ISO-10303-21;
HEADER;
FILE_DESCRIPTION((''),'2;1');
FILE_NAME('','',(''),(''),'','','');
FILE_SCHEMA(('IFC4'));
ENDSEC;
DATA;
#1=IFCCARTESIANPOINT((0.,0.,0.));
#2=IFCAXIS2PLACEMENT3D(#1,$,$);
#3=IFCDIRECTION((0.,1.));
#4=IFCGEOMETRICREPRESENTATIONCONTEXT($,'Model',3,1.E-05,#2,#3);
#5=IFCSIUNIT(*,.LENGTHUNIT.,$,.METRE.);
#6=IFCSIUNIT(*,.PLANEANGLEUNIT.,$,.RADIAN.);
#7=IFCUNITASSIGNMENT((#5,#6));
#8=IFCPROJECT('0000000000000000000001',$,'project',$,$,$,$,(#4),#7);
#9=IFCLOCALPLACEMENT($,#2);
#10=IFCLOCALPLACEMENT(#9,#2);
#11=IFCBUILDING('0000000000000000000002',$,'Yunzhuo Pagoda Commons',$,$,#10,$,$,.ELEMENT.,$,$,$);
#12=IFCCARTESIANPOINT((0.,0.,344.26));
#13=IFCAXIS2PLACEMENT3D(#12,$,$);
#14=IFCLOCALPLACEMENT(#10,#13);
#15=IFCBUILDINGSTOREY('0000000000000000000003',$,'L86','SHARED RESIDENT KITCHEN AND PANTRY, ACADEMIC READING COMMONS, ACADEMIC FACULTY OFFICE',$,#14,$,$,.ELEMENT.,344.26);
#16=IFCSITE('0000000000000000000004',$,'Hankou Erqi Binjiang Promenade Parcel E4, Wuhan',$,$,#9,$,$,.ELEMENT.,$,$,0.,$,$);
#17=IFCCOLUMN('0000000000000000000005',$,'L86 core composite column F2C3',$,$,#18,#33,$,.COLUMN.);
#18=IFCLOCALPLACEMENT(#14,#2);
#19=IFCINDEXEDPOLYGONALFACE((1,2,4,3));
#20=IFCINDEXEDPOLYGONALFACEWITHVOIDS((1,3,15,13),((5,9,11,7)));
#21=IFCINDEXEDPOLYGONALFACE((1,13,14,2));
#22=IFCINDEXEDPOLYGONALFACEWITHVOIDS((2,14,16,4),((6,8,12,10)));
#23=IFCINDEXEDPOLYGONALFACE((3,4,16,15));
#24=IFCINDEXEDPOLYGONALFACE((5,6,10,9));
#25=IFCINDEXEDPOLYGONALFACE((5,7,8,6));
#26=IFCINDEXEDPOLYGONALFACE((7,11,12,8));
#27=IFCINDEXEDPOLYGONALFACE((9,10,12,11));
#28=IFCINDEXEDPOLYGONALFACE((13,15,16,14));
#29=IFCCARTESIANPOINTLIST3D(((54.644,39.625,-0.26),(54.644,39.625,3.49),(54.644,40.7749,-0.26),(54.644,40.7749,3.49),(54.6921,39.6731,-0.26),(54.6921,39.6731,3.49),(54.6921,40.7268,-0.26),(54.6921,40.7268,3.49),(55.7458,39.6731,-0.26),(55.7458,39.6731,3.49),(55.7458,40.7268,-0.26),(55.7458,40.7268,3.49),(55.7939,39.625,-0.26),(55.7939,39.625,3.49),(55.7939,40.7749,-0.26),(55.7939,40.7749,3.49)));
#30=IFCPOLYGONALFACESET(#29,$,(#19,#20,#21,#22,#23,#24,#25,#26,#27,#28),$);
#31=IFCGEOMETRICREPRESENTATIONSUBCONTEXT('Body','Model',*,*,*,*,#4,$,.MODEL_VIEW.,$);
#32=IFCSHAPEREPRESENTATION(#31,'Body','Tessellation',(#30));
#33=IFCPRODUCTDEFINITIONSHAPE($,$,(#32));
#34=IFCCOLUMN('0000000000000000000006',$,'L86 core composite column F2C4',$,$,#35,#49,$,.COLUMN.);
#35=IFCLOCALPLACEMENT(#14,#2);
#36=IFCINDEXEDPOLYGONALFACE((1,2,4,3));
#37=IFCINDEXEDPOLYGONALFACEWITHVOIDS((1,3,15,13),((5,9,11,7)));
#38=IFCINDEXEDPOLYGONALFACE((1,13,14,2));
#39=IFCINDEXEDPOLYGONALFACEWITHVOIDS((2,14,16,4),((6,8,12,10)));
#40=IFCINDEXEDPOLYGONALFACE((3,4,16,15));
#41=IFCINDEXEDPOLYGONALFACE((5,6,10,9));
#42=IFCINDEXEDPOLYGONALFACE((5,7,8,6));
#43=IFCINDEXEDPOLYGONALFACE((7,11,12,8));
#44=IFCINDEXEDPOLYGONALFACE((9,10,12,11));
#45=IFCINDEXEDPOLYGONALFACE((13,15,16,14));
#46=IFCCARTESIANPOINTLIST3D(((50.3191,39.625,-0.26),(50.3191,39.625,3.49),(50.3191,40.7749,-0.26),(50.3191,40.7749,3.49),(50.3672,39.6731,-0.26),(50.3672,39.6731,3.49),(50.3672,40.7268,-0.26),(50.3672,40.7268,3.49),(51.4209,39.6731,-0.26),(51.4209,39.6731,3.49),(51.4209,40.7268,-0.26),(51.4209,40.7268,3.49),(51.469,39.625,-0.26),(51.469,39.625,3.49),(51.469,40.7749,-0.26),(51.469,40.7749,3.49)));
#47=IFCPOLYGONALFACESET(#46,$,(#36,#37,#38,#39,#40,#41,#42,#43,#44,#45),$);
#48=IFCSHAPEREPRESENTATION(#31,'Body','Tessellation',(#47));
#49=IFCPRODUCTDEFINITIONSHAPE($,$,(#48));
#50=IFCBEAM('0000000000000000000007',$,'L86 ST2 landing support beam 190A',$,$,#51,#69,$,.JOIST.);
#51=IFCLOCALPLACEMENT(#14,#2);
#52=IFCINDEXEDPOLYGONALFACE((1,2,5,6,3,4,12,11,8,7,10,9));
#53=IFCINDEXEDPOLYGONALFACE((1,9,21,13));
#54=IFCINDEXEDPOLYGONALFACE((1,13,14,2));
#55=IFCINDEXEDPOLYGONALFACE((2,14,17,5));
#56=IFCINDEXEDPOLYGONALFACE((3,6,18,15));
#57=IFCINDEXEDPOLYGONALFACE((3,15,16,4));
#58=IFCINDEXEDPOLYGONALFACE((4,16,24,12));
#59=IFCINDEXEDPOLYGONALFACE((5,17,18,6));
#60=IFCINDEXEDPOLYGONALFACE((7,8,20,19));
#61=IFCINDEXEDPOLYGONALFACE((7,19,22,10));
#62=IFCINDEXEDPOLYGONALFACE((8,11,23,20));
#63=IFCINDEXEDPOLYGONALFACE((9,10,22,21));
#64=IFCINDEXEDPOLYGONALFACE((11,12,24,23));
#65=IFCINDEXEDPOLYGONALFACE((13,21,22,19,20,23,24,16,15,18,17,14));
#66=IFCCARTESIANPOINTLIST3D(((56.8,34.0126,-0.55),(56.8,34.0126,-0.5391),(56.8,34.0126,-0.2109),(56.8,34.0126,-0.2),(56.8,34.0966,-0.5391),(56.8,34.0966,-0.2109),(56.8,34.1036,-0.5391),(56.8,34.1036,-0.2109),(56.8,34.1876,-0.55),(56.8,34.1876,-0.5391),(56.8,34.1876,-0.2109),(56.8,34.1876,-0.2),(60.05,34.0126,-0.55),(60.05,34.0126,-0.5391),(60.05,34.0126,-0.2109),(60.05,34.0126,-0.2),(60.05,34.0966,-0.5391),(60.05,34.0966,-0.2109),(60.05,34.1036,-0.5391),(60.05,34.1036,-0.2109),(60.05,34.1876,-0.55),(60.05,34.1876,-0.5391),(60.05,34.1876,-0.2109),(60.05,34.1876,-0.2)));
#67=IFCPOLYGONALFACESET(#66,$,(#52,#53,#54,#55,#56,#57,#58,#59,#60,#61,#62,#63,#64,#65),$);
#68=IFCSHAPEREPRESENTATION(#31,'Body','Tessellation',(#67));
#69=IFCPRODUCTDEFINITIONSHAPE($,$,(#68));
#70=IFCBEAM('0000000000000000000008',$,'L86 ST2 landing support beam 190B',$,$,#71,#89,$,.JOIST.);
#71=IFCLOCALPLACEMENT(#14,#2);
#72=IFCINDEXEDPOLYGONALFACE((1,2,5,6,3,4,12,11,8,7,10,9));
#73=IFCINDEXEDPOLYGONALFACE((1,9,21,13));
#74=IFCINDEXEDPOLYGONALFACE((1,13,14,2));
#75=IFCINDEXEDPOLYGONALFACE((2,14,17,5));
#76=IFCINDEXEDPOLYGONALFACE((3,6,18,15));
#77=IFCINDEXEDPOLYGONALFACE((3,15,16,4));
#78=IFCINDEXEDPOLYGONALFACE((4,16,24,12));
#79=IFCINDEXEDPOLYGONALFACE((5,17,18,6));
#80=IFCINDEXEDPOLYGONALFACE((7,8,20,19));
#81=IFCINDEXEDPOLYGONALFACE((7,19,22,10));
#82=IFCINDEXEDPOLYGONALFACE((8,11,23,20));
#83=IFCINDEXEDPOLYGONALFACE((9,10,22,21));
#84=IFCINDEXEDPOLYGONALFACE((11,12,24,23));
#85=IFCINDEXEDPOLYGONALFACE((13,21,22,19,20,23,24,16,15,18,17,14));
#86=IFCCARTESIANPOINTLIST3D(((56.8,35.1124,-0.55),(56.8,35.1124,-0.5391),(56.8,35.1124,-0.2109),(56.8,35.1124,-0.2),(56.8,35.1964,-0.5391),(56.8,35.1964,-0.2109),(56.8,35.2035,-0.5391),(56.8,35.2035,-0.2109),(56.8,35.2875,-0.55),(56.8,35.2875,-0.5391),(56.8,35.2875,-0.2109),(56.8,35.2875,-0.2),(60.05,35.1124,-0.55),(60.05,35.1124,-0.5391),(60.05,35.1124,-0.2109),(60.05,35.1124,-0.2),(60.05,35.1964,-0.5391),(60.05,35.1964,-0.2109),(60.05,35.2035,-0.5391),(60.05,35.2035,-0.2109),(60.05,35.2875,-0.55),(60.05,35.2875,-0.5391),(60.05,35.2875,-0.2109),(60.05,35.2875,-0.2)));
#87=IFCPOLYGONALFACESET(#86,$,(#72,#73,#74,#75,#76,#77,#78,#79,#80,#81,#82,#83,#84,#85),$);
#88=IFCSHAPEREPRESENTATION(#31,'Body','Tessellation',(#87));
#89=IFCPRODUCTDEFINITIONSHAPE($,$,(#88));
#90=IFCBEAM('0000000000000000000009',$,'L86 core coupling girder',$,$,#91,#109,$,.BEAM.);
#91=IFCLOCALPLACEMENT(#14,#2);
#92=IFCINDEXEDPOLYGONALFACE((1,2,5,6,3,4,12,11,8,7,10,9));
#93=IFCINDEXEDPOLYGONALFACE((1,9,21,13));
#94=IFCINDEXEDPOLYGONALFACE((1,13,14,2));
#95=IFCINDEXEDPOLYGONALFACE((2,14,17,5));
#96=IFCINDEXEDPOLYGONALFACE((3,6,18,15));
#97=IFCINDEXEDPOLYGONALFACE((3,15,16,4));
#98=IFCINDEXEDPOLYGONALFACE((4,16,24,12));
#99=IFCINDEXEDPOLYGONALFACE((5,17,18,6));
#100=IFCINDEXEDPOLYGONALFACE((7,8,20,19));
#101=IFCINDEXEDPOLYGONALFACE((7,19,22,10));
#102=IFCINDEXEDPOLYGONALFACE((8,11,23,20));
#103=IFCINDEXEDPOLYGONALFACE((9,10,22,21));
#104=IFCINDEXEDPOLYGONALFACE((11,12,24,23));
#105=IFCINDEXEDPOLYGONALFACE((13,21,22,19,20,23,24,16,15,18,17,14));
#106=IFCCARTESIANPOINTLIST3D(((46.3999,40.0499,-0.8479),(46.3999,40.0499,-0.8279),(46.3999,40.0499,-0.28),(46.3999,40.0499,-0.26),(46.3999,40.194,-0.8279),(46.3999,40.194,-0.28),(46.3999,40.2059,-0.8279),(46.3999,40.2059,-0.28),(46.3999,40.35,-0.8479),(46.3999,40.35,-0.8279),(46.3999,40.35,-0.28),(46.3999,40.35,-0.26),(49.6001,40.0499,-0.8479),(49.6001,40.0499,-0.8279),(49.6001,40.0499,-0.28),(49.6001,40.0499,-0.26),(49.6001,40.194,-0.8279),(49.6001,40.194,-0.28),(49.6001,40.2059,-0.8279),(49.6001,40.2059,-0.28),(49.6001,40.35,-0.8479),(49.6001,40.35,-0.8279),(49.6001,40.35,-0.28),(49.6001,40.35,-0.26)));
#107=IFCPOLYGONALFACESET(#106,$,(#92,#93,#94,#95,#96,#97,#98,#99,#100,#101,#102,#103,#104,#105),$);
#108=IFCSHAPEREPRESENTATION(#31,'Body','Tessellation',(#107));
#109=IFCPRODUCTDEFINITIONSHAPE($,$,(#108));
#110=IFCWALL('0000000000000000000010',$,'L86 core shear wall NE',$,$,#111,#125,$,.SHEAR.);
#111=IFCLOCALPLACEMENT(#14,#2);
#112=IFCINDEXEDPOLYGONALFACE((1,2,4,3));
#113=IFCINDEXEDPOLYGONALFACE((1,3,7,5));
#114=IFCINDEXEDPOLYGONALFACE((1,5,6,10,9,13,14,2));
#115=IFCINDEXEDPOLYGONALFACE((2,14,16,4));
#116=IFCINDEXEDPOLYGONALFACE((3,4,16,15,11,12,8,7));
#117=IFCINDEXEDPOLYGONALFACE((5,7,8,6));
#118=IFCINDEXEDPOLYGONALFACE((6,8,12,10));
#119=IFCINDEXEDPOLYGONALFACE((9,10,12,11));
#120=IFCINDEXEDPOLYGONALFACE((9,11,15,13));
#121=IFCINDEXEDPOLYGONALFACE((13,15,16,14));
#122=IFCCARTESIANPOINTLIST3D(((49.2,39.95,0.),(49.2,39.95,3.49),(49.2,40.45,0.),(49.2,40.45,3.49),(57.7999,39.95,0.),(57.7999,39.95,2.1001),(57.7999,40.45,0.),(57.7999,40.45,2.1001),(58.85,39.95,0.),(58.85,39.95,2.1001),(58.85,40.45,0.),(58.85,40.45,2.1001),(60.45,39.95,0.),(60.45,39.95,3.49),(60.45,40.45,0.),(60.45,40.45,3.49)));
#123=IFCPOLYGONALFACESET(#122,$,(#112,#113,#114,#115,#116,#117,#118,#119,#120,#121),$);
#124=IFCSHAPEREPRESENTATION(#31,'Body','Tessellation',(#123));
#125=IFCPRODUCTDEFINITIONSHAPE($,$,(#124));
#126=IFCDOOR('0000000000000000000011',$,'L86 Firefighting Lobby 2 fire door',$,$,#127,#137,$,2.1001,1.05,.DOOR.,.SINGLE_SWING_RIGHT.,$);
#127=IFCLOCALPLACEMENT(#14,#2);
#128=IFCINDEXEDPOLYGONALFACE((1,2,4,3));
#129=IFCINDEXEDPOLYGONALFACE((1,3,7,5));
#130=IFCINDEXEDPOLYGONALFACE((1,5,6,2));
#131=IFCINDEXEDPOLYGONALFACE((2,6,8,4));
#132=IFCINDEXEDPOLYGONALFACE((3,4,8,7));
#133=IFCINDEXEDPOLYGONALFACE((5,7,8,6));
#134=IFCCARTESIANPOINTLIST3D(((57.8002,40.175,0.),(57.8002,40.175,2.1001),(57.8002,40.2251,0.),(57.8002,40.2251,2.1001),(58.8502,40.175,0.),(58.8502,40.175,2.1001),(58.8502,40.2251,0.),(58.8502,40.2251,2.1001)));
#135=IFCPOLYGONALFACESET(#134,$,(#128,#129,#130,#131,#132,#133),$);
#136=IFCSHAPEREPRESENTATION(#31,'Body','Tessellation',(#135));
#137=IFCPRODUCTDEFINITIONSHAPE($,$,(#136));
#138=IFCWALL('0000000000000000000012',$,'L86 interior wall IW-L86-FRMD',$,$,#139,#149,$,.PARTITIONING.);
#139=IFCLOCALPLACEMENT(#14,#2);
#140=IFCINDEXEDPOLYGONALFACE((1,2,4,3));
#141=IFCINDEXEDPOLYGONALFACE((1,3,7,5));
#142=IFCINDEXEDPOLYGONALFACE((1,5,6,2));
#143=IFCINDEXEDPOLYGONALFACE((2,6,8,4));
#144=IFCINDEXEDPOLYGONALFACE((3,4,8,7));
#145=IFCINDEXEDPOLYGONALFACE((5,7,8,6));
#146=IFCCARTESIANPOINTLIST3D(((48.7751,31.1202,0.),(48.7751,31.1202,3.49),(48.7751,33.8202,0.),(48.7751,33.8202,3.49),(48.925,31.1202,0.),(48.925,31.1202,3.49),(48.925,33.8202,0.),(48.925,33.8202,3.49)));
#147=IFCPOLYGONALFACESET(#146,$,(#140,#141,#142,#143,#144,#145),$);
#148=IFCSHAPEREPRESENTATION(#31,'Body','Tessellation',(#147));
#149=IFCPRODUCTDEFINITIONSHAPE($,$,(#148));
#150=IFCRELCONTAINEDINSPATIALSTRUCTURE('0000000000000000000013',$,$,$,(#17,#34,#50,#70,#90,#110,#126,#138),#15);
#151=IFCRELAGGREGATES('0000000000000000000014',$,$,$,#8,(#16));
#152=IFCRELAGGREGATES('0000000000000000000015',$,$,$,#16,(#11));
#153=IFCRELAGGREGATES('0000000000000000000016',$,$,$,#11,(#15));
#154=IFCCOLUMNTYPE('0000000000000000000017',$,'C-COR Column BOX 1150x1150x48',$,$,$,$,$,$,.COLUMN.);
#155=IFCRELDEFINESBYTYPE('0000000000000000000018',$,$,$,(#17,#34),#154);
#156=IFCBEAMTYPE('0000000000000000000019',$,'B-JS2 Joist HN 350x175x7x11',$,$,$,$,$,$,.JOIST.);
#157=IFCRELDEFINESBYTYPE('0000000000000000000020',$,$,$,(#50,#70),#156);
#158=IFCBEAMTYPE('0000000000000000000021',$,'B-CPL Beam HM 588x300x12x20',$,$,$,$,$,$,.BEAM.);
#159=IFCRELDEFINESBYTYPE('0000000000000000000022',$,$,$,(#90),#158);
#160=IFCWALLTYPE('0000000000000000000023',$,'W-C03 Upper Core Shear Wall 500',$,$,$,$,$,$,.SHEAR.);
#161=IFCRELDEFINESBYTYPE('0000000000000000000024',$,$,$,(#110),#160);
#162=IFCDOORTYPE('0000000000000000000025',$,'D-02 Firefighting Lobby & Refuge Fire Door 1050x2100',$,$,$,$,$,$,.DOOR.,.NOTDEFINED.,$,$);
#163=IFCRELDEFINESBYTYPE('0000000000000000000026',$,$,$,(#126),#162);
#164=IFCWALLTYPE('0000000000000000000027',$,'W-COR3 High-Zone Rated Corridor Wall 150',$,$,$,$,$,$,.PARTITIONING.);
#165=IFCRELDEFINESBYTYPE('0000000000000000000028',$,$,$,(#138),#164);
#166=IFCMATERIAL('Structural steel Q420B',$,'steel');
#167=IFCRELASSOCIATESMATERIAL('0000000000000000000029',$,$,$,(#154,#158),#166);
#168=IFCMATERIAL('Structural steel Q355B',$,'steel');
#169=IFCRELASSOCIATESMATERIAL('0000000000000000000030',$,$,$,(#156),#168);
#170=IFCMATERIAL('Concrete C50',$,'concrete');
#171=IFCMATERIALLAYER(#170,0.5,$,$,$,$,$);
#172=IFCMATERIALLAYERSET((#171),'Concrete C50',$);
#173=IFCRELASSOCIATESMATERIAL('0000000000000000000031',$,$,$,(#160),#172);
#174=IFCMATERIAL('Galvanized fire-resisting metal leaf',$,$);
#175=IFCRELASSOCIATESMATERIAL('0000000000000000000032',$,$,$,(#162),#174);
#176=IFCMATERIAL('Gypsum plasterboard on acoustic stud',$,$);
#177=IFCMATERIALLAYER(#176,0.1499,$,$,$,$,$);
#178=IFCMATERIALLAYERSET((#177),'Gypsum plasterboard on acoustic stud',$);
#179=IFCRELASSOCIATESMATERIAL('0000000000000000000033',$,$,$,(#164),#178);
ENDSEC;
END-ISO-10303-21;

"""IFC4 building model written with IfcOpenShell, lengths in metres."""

from ifc_helpers import new_model, si_unit, direction, frame, frame_2d, origin, origin_2d, place, context, subcontext, project, spatial, rectangle, hollow_rectangle, i_section, extrude, source, transform, mapped, material, layer, layer_set, material_profile, profile_set, type_object, element, fill, save


model = new_model("IFC4")

# Units and contexts
model_context = context("Model", 3, precision=1e-05, world=origin(), true_north=direction((0.0, 1.0)))
body_context = subcontext(model_context, "Body", "Model", "MODEL_VIEW")
ifc_project = project(units=[si_unit("LENGTHUNIT", "METRE"), si_unit("PLANEANGLEUNIT", "RADIAN")], contexts=[model_context])

# Site, building, storey
site_placement = place(None, origin())
site = spatial("IfcSite", under=ifc_project, at=site_placement, Name="Hankou Erqi Binjiang Promenade Parcel E4, Wuhan", CompositionType="ELEMENT", RefElevation=0.0)
building_placement = place(site_placement, origin())
building = spatial("IfcBuilding", under=site, at=building_placement, Name="Yunzhuo Pagoda Commons", CompositionType="ELEMENT")
storey_placement = place(building_placement, frame((0.0, 0.0, 344.26)))
storey = spatial("IfcBuildingStorey", under=building, at=storey_placement, Name="L86", Description="SHARED RESIDENT KITCHEN AND PANTRY, ACADEMIC READING COMMONS, ACADEMIC FACULTY OFFICE", CompositionType="ELEMENT", Elevation=344.26)

# Columns
ifc_material_1 = material(Name="Structural steel Q420B", Category="steel")
ifc_material_profile_1 = material_profile(ifc_material_1, hollow_rectangle(XDim=1.1499, YDim=1.1499, WallThickness=0.0481, at=origin_2d()), Name="Structural steel Q420B")
ifc_profile_set_1 = profile_set([ifc_material_profile_1], Name="Structural steel Q420B")
column_type = type_object("IfcColumnType", Name="C-COR Column BOX 1150x1150x48", PredefinedType="COLUMN", material=ifc_profile_set_1)
shared_shape_1 = source(origin(), body_context, "Body", "SweptSolid", [
    extrude(hollow_rectangle(XDim=1.1499, YDim=1.1499, WallThickness=0.0481, at=origin_2d()), origin(), (0.0, 0.0, 1.0), 3.75),
])
for number, where, z_axis, x_axis, name in (
    (1, (55.219, 40.2, -0.26), (0.0, 0.0, 1.0), (1.0, 0.0, 0.0), "L86 core composite column F2C3"),
    (2, (50.894, 40.2, -0.26), (0.0, 0.0, 1.0), (1.0, 0.0, 0.0), "L86 core composite column F2C4"),
):
    element("IfcColumn", number, at=place(storey_placement, frame(where, z_axis=z_axis, x_axis=x_axis)), inside=storey, type_object=column_type, Name=name, PredefinedType="COLUMN", context=body_context, shape_type="MappedRepresentation", body=[
        mapped(shared_shape_1, transform((0.0, 0.0, 0.0), scale=1.0)),
    ])

# Beams
ifc_material_2 = material(Name="Structural steel Q355B", Category="steel")
ifc_material_profile_2 = material_profile(ifc_material_2, i_section(OverallWidth=0.175, OverallDepth=0.3501, WebThickness=0.0071, FlangeThickness=0.011, at=origin_2d()), Name="Structural steel Q355B")
ifc_profile_set_2 = profile_set([ifc_material_profile_2], Name="Structural steel Q355B")
beam_type_1 = type_object("IfcBeamType", Name="B-JS2 Joist HN 350x175x7x11", PredefinedType="JOIST", material=ifc_profile_set_2)
shared_shape_2 = source(origin(), body_context, "Body", "SweptSolid", [
    extrude(i_section(OverallWidth=0.175, OverallDepth=0.3501, WebThickness=0.0071, FlangeThickness=0.011, at=origin_2d()), origin(), (0.0, 0.0, 1.0), 3.25),
])
for number, where, z_axis, x_axis, name in (
    (3, (56.8, 34.1001, -0.375), (1.0, 0.0, 0.0), (0.0, 1.0, 0.0), "L86 ST2 landing support beam 190A"),
    (4, (56.8, 35.2, -0.375), (1.0, 0.0, 0.0), (0.0, 1.0, 0.0), "L86 ST2 landing support beam 190B"),
):
    element("IfcBeam", number, at=place(storey_placement, frame(where, z_axis=z_axis, x_axis=x_axis)), inside=storey, type_object=beam_type_1, Name=name, PredefinedType="JOIST", context=body_context, shape_type="MappedRepresentation", body=[
        mapped(shared_shape_2, transform((0.0, 0.0, 0.0), scale=1.0)),
    ])
ifc_material_profile_3 = material_profile(ifc_material_1, i_section(OverallWidth=0.3, OverallDepth=0.5879, WebThickness=0.012, FlangeThickness=0.02, at=origin_2d()), Name="Structural steel Q420B")
ifc_profile_set_3 = profile_set([ifc_material_profile_3], Name="Structural steel Q420B")
beam_type_2 = type_object("IfcBeamType", Name="B-CPL Beam HM 588x300x12x20", PredefinedType="BEAM", material=ifc_profile_set_3)
shared_shape_3 = source(origin(), body_context, "Body", "SweptSolid", [
    extrude(i_section(OverallWidth=0.3, OverallDepth=0.5879, WebThickness=0.012, FlangeThickness=0.02, at=origin_2d()), origin(), (0.0, 0.0, 1.0), 3.2002),
])
beam_placement = place(storey_placement, frame((46.3999, 40.2, -0.554), z_axis=(1.0, 0.0, 0.0), x_axis=(0.0, 1.0, 0.0)))
element("IfcBeam", 5, at=beam_placement, inside=storey, type_object=beam_type_2, Name="L86 core coupling girder", PredefinedType="BEAM", context=body_context, shape_type="MappedRepresentation", body=[
    mapped(shared_shape_3, transform((0.0, 0.0, 0.0), scale=1.0)),
])

# Wall, opening, door
ifc_material_3 = material(Name="Concrete C50", Category="concrete")
ifc_layer_1 = layer(ifc_material_3, 0.5)
ifc_layer_set_1 = layer_set([ifc_layer_1], Name="Concrete C50")
wall_type_1 = type_object("IfcWallType", Name="W-C03 Upper Core Shear Wall 500", PredefinedType="SHEAR", material=ifc_layer_set_1)
wall_1_placement = place(storey_placement, frame((49.2, 40.2, 0.0), z_axis=(0.0, 0.0, 1.0), x_axis=(1.0, 0.0, 0.0)))
wall_1 = element("IfcWall", 6, at=wall_1_placement, inside=storey, type_object=wall_type_1, Name="L86 core shear wall NE", PredefinedType="SHEAR", context=body_context, shape_type="SweptSolid", body=[
    extrude(rectangle(XDim=11.25, YDim=0.5, at=frame_2d((5.625, 0.0))), origin(), (0.0, 0.0, 1.0), 3.49),
])
opening_1_placement = place(wall_1_placement, frame((8.6001, 0.0, 0.0)))
opening_1 = element("IfcOpeningElement", 7, at=opening_1_placement, cuts=wall_1, PredefinedType="OPENING", context=body_context, shape_type="SweptSolid", body=[
    extrude(rectangle(XDim=1.05, YDim=2.1001, at=frame_2d((0.5249, 1.05))), frame((0.0, 0.26, 0.0), z_axis=(0.0, -1.0, 0.0), x_axis=(1.0, 0.0, 0.0)), (0.0, 0.0, 1.0), 0.52),
])
ifc_material_4 = material(Name="Galvanized fire-resisting metal leaf")
door_type_1 = type_object("IfcDoorType", Name="D-02 Firefighting Lobby & Refuge Fire Door 1050x2100", OperationType="NOTDEFINED", PredefinedType="DOOR", material=ifc_material_4)
shared_shape_4 = source(origin(), body_context, "Body", "SweptSolid", [
    extrude(rectangle(XDim=1.05, YDim=2.1001, at=frame_2d((0.5249, 1.05))), frame((0.0, 0.0249, 0.0), z_axis=(0.0, -1.0, 0.0), x_axis=(1.0, 0.0, 0.0)), (0.0, 0.0, 1.0), 0.05),
])
door_1_placement = place(opening_1_placement, frame((1.05, 0.0, 0.0), z_axis=(0.0, 0.0, 1.0), x_axis=(-1.0, 0.0, 0.0)))
door_1 = element("IfcDoor", 8, at=door_1_placement, inside=storey, type_object=door_type_1, Name="L86 Firefighting Lobby 2 fire door", OperationType="SINGLE_SWING_RIGHT", OverallHeight=2.1001, OverallWidth=1.05, PredefinedType="DOOR", context=body_context, shape_type="MappedRepresentation", body=[
    mapped(shared_shape_4, transform((0.0, 0.0, 0.0), scale=1.0)),
])
fill(opening_1, door_1)

# Wall
ifc_material_5 = material(Name="Gypsum plasterboard on acoustic stud")
ifc_layer_2 = layer(ifc_material_5, 0.1499)
ifc_layer_set_2 = layer_set([ifc_layer_2], Name="Gypsum plasterboard on acoustic stud")
wall_type_2 = type_object("IfcWallType", Name="W-COR3 High-Zone Rated Corridor Wall 150", PredefinedType="PARTITIONING", material=ifc_layer_set_2)
wall_2_placement = place(storey_placement, frame((48.8501, 31.1201, 0.0), z_axis=(0.0, 0.0, 1.0), x_axis=(0.0, 1.0, 0.0)))
element("IfcWall", 9, at=wall_2_placement, inside=storey, type_object=wall_type_2, Name="L86 interior wall IW-L86-FRMD", PredefinedType="PARTITIONING", context=body_context, shape_type="SweptSolid", body=[
    extrude(rectangle(XDim=2.7, YDim=0.1499, at=frame_2d((1.3501, 0.0))), origin(), (0.0, 0.0, 1.0), 3.49),
])

save(model, "model.ifc")
